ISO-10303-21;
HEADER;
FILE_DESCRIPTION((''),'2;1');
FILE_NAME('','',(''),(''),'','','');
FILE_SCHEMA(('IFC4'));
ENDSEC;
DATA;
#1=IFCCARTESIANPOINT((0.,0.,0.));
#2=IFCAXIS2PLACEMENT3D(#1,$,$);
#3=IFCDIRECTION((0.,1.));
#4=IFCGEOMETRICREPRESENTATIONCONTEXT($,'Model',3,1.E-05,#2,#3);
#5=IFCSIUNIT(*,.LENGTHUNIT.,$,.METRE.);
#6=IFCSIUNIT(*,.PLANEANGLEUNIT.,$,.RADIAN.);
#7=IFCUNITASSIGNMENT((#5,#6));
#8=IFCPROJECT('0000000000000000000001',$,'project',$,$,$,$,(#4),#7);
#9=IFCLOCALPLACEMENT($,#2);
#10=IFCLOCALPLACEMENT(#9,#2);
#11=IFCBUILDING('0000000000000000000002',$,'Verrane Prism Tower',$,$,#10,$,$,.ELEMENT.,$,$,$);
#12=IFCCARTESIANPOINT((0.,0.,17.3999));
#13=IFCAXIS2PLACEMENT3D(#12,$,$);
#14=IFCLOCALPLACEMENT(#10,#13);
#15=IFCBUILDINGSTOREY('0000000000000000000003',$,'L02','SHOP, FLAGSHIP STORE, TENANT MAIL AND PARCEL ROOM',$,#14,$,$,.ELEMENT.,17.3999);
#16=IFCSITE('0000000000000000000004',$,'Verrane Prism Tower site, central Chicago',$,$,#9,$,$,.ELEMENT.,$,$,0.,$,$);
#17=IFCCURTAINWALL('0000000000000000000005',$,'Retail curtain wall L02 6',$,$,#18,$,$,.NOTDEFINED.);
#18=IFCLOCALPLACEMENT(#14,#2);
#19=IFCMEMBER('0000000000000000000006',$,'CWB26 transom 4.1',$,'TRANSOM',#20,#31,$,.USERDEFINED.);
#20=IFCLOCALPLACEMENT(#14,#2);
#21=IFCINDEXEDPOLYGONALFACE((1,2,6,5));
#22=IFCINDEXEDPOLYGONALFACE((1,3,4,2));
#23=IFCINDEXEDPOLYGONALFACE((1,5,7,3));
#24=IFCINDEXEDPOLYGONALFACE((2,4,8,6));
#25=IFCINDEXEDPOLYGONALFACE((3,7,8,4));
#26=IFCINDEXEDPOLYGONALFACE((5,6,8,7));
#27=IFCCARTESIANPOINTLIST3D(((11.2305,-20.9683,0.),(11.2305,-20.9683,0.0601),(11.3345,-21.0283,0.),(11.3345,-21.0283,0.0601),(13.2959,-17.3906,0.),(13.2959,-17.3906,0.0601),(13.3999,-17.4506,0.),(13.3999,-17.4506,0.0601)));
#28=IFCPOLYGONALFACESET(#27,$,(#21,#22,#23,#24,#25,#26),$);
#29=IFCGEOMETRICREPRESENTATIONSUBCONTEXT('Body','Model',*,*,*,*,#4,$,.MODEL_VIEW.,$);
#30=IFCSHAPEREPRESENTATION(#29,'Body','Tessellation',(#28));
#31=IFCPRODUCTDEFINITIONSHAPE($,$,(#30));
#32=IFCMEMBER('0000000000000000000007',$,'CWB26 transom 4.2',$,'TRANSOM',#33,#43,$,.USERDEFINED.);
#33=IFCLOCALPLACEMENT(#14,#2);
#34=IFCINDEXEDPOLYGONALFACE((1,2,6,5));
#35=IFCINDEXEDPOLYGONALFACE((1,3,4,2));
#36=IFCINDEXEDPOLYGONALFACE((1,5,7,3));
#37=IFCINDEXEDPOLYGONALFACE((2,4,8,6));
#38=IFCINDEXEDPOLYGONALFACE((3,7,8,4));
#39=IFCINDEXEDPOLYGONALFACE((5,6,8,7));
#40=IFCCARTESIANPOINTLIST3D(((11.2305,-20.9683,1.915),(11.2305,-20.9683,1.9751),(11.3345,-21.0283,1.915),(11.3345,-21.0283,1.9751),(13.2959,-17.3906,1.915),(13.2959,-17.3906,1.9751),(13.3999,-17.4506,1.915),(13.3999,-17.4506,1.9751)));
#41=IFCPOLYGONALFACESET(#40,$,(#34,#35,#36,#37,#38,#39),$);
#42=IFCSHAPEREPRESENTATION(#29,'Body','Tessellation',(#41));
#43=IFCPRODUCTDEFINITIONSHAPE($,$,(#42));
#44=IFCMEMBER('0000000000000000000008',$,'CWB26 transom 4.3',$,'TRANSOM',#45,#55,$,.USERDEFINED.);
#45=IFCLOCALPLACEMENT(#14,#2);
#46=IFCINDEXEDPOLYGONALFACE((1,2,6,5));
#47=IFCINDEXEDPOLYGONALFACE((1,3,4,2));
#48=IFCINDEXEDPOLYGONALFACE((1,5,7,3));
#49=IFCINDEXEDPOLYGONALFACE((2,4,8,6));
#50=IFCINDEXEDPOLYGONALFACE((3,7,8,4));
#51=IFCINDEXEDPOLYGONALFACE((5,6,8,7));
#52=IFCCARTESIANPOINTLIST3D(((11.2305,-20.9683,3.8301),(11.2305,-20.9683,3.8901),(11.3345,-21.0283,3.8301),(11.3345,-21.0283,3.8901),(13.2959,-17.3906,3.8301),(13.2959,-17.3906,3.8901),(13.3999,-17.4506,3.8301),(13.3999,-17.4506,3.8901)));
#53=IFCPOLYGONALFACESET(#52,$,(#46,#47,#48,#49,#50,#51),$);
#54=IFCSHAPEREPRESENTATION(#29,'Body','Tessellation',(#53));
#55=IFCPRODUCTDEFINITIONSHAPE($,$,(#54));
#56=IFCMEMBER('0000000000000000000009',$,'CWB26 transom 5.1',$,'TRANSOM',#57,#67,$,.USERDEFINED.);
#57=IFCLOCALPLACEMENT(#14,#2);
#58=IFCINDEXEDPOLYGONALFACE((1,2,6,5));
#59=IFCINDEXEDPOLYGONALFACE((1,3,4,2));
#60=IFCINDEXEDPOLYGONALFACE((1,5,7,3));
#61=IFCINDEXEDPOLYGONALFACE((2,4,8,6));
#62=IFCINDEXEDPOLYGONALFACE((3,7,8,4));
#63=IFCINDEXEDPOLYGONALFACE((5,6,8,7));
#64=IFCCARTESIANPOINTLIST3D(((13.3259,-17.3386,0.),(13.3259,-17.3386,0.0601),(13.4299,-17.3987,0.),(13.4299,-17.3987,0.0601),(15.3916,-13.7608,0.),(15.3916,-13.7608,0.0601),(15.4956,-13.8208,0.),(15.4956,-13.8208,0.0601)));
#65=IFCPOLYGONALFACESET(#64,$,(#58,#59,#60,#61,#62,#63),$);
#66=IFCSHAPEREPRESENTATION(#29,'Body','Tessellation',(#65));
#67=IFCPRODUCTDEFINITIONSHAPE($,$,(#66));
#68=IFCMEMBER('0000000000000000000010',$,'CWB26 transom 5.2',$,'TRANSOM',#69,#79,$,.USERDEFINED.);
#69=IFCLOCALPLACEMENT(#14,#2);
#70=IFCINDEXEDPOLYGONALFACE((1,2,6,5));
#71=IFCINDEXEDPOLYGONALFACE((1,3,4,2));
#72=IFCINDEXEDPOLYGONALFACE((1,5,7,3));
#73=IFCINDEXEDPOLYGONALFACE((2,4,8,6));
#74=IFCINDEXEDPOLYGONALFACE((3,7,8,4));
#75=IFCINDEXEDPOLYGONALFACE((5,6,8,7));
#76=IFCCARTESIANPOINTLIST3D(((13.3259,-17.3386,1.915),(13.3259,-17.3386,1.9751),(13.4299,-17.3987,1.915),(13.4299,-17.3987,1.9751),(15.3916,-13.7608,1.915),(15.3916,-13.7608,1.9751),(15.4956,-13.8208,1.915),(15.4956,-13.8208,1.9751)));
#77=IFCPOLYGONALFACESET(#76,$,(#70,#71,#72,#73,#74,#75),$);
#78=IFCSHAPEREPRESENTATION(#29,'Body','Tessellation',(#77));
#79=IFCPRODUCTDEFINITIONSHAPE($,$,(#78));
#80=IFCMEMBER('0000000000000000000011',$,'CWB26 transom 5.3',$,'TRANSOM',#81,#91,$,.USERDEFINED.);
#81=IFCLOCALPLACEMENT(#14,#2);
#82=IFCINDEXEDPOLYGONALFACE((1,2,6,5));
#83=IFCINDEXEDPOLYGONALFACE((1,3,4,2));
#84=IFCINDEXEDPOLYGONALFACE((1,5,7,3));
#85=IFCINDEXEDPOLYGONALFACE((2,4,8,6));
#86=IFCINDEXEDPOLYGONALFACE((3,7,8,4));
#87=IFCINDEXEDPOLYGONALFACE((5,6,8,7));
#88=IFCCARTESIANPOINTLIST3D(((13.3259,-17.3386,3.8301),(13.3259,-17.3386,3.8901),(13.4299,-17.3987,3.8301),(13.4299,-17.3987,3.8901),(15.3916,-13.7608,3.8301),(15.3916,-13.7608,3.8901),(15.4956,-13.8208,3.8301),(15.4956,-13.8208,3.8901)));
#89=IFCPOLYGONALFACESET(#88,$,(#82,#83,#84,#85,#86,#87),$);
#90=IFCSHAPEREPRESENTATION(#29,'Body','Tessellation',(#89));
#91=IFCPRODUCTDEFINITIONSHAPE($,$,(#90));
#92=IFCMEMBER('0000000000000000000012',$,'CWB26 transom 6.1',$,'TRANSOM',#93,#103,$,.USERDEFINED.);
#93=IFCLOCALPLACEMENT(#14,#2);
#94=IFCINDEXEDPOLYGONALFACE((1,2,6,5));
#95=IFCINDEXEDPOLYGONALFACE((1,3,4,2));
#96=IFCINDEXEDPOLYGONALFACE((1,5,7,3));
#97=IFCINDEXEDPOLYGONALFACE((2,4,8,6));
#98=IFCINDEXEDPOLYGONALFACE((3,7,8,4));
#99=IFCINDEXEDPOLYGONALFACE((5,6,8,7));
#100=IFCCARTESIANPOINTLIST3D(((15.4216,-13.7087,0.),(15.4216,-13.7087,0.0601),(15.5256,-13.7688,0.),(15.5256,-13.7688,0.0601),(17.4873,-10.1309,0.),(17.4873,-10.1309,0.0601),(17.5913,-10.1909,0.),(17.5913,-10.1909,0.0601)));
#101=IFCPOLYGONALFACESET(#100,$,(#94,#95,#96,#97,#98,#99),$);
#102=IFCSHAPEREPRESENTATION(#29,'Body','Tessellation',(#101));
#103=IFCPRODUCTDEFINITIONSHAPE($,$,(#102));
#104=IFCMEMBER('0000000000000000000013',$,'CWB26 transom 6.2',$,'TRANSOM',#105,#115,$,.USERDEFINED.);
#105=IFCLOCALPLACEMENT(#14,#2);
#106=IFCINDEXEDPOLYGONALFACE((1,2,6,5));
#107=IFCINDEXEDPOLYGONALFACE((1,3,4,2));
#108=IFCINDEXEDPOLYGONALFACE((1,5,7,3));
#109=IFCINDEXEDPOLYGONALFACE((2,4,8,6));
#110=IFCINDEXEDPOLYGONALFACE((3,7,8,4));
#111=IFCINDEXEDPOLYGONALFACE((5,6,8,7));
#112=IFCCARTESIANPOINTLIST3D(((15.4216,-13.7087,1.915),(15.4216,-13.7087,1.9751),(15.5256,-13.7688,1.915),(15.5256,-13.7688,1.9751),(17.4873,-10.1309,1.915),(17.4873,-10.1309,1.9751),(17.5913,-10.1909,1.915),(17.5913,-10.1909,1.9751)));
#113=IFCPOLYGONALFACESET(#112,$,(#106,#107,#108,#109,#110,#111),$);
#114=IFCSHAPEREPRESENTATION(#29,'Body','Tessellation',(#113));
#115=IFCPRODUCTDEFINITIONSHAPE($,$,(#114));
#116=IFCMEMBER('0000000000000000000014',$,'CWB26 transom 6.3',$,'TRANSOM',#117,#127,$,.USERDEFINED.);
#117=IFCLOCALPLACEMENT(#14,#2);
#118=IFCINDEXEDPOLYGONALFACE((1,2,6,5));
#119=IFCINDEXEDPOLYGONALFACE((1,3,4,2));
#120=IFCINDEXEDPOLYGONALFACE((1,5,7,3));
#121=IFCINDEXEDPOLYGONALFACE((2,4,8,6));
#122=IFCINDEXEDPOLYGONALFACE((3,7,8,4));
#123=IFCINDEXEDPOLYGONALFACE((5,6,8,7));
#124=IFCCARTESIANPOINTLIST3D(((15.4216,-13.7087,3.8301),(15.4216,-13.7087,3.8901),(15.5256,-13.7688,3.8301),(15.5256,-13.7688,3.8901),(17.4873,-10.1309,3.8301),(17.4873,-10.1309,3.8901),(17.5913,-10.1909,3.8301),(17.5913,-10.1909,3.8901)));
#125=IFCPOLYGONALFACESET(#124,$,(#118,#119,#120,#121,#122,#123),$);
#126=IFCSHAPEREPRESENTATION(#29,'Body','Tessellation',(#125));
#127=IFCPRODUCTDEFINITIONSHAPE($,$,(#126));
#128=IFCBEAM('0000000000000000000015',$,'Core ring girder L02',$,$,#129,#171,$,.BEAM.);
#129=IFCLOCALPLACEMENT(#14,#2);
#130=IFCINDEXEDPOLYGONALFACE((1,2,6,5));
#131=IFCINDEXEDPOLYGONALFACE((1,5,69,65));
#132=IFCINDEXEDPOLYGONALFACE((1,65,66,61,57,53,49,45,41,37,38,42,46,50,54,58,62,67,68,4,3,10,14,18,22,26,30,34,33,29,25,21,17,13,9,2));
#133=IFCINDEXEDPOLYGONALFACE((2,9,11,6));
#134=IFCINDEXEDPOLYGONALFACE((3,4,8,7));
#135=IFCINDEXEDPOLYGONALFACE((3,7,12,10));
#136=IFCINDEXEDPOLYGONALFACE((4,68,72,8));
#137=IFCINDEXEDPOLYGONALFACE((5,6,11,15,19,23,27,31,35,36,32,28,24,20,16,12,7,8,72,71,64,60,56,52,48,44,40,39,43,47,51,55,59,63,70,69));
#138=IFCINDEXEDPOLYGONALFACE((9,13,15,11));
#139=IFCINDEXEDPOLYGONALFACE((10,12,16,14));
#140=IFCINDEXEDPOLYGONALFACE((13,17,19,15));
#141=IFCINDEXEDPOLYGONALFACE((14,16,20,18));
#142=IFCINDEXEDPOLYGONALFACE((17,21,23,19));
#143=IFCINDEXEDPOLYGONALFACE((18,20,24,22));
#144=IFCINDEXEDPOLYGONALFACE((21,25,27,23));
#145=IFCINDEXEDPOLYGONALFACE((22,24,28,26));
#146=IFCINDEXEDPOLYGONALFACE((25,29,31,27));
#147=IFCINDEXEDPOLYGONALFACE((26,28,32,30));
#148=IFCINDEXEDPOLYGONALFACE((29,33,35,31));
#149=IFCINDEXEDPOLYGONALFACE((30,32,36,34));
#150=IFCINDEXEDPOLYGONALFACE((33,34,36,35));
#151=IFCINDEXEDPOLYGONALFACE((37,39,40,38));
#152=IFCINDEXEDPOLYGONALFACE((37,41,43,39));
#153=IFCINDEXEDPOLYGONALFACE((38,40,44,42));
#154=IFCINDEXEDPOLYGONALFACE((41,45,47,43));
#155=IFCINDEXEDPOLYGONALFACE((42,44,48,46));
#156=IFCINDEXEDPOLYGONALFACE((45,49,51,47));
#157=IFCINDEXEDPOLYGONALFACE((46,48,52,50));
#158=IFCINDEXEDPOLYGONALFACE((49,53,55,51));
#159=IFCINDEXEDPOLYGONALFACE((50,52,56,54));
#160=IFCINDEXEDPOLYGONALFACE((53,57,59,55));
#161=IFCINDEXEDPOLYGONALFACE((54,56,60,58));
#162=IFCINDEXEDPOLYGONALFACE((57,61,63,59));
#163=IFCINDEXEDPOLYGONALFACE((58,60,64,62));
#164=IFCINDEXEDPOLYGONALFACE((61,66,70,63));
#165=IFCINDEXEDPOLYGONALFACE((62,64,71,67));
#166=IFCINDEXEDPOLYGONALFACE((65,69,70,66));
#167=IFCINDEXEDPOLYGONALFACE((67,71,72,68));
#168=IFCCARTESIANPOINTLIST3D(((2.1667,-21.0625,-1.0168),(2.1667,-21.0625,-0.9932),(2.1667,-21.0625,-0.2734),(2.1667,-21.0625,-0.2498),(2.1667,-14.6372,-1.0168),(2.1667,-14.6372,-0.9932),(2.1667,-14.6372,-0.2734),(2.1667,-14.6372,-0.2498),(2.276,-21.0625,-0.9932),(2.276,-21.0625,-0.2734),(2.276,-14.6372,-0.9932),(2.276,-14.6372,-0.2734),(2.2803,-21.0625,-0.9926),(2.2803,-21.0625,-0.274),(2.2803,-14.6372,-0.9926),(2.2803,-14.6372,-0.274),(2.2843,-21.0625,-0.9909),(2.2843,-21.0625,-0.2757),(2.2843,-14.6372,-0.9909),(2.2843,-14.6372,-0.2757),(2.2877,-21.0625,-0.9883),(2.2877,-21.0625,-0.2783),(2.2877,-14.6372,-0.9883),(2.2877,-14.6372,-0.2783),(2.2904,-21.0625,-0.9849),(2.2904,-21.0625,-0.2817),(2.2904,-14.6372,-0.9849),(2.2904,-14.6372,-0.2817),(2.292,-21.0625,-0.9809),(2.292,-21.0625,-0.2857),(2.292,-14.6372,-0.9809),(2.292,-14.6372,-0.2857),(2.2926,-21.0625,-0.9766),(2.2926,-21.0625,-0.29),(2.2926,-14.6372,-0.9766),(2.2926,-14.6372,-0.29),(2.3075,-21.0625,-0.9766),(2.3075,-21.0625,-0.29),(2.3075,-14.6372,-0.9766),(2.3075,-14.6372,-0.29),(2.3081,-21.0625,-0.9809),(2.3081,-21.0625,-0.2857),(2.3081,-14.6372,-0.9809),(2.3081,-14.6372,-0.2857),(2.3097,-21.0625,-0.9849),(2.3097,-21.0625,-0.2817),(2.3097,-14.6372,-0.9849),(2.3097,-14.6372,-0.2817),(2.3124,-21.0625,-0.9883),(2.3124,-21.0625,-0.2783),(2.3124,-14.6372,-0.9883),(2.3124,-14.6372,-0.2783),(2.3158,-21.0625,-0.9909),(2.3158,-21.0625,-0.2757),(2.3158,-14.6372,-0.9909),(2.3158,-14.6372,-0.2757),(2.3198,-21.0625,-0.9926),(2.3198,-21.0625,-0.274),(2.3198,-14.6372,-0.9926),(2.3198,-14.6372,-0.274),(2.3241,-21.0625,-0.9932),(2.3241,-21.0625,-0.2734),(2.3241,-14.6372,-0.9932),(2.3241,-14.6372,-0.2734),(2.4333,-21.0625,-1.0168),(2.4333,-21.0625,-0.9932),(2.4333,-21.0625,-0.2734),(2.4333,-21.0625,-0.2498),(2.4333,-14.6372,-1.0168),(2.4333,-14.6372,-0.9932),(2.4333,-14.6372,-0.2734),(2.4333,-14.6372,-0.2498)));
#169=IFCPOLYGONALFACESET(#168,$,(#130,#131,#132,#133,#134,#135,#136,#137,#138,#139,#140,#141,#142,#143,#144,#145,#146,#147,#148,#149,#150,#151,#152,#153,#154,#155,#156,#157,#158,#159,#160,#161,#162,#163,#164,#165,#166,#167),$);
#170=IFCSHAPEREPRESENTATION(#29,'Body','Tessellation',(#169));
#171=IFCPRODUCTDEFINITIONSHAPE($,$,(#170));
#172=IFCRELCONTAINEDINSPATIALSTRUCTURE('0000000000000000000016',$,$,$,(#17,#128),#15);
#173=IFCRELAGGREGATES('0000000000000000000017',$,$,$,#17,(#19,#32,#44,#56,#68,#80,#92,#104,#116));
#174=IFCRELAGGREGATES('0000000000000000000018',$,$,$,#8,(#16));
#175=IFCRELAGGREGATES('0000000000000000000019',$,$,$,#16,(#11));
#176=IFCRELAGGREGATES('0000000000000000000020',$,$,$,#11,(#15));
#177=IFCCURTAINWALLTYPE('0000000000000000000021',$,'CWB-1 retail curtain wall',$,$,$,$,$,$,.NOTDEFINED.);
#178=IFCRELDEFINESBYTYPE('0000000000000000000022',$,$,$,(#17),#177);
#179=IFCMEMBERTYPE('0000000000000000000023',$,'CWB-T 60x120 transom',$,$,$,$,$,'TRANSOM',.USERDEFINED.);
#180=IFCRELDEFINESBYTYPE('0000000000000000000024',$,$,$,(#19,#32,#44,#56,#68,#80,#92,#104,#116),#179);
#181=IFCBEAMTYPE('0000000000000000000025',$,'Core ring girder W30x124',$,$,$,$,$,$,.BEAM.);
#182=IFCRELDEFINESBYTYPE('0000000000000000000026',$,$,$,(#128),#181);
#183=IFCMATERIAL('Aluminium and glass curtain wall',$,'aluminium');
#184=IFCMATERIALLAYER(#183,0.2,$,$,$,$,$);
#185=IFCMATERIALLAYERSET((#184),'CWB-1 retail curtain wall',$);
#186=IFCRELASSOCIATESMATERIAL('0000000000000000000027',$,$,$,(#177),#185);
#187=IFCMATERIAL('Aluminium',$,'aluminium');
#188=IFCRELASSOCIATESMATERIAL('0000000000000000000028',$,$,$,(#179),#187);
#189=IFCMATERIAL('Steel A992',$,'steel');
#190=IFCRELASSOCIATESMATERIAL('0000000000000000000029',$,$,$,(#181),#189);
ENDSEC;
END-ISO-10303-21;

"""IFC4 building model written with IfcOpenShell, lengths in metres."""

from ifc_helpers import new_model, si_unit, direction, frame, origin, origin_2d, place, context, subcontext, project, spatial, rectangle, i_section, extrude, material, layer, layer_set, material_profile, profile_set, type_object, element, aggregate, save


model = new_model("IFC4")

# Units and contexts
model_context = context("Model", 3, precision=1e-05, world=origin(), true_north=direction((0.0, 1.0)))
body_context = subcontext(model_context, "Body", "Model", "MODEL_VIEW")
ifc_project = project(units=[si_unit("LENGTHUNIT", "METRE"), si_unit("PLANEANGLEUNIT", "RADIAN")], contexts=[model_context])

# Site, building, storey
site_placement = place(None, origin())
site = spatial("IfcSite", under=ifc_project, at=site_placement, Name="Verrane Prism Tower site, central Chicago", CompositionType="ELEMENT", RefElevation=0.0)
building_placement = place(site_placement, origin())
building = spatial("IfcBuilding", under=site, at=building_placement, Name="Verrane Prism Tower", CompositionType="ELEMENT")
storey_placement = place(building_placement, frame((0.0, 0.0, 17.3999)))
storey = spatial("IfcBuildingStorey", under=building, at=storey_placement, Name="L02", Description="SHOP, FLAGSHIP STORE, TENANT MAIL AND PARCEL ROOM", CompositionType="ELEMENT", Elevation=17.3999)

# Curtain wall, members
ifc_material_1 = material(Name="Aluminium and glass curtain wall", Category="aluminium")
ifc_layer_1 = layer(ifc_material_1, 0.2)
ifc_layer_set_1 = layer_set([ifc_layer_1], Name="CWB-1 retail curtain wall")
curtain_wall_type = type_object("IfcCurtainWallType", Name="CWB-1 retail curtain wall", PredefinedType="NOTDEFINED", material=ifc_layer_set_1)
curtain_wall_placement = place(storey_placement, origin())
curtain_wall = element("IfcCurtainWall", 1, at=curtain_wall_placement, inside=storey, type_object=curtain_wall_type, Name="Retail curtain wall L02 6", PredefinedType="NOTDEFINED")
ifc_material_2 = material(Name="Aluminium", Category="aluminium")
ifc_material_profile_1 = material_profile(ifc_material_2, rectangle(XDim=0.1201, YDim=0.0601, at=origin_2d()), Name="CWB-T 60x120 transom")
ifc_profile_set_1 = profile_set([ifc_material_profile_1], Name="Aluminium")
member_type_1 = type_object("IfcMemberType", Name="CWB-T 60x120 transom", ElementType="TRANSOM", PredefinedType="USERDEFINED", material=ifc_profile_set_1)
member_1_placement = place(storey_placement, frame((11.2825, -20.9983, 0.03), z_axis=(0.499978, 0.866038, 0.0), x_axis=(-0.866038, 0.499978, 0.0)))
member_1 = element("IfcMember", 2, at=member_1_placement, type_object=member_type_1, Name="CWB26 transom 4.1", ObjectType="TRANSOM", PredefinedType="USERDEFINED", context=body_context, shape_type="SweptSolid", body=[
    extrude(rectangle(XDim=0.1201, YDim=0.0601, at=origin_2d()), origin(), (0.0, 0.0, 1.0), 4.1311),
])
member_2_placement = place(storey_placement, frame((11.2825, -20.9983, 1.9451), z_axis=(0.499978, 0.866038, 0.0), x_axis=(-0.866038, 0.499978, 0.0)))
member_2 = element("IfcMember", 3, at=member_2_placement, type_object=member_type_1, Name="CWB26 transom 4.2", ObjectType="TRANSOM", PredefinedType="USERDEFINED", context=body_context, shape_type="SweptSolid", body=[
    extrude(rectangle(XDim=0.1201, YDim=0.0601, at=origin_2d()), origin(), (0.0, 0.0, 1.0), 4.1311),
])
member_3_placement = place(storey_placement, frame((11.2825, -20.9983, 3.8601), z_axis=(0.499978, 0.866038, 0.0), x_axis=(-0.866038, 0.499978, 0.0)))
member_3 = element("IfcMember", 4, at=member_3_placement, type_object=member_type_1, Name="CWB26 transom 4.3", ObjectType="TRANSOM", PredefinedType="USERDEFINED", context=body_context, shape_type="SweptSolid", body=[
    extrude(rectangle(XDim=0.1201, YDim=0.0601, at=origin_2d()), origin(), (0.0, 0.0, 1.0), 4.1311),
])
member_4_placement = place(storey_placement, frame((13.3779, -17.3687, 0.03), z_axis=(0.499997, 0.866027, 0.0), x_axis=(-0.866027, 0.499997, 0.0)))
member_4 = element("IfcMember", 5, at=member_4_placement, type_object=member_type_1, Name="CWB26 transom 5.1", ObjectType="TRANSOM", PredefinedType="USERDEFINED", context=body_context, shape_type="SweptSolid", body=[
    extrude(rectangle(XDim=0.1201, YDim=0.0601, at=origin_2d()), origin(), (0.0, 0.0, 1.0), 4.1313),
])
member_5_placement = place(storey_placement, frame((13.3779, -17.3687, 1.9451), z_axis=(0.499997, 0.866027, 0.0), x_axis=(-0.866027, 0.499997, 0.0)))
member_5 = element("IfcMember", 6, at=member_5_placement, type_object=member_type_1, Name="CWB26 transom 5.2", ObjectType="TRANSOM", PredefinedType="USERDEFINED", context=body_context, shape_type="SweptSolid", body=[
    extrude(rectangle(XDim=0.1201, YDim=0.0601, at=origin_2d()), origin(), (0.0, 0.0, 1.0), 4.1313),
])
member_6_placement = place(storey_placement, frame((13.3779, -17.3687, 3.8601), z_axis=(0.499997, 0.866027, 0.0), x_axis=(-0.866027, 0.499997, 0.0)))
member_6 = element("IfcMember", 7, at=member_6_placement, type_object=member_type_1, Name="CWB26 transom 5.3", ObjectType="TRANSOM", PredefinedType="USERDEFINED", context=body_context, shape_type="SweptSolid", body=[
    extrude(rectangle(XDim=0.1201, YDim=0.0601, at=origin_2d()), origin(), (0.0, 0.0, 1.0), 4.1313),
])
member_7_placement = place(storey_placement, frame((15.4736, -13.7388, 0.03), z_axis=(0.499997, 0.866027, 0.0), x_axis=(-0.866027, 0.499997, 0.0)))
member_7 = element("IfcMember", 8, at=member_7_placement, type_object=member_type_1, Name="CWB26 transom 6.1", ObjectType="TRANSOM", PredefinedType="USERDEFINED", context=body_context, shape_type="SweptSolid", body=[
    extrude(rectangle(XDim=0.1201, YDim=0.0601, at=origin_2d()), origin(), (0.0, 0.0, 1.0), 4.1313),
])
member_8_placement = place(storey_placement, frame((15.4736, -13.7388, 1.9451), z_axis=(0.499997, 0.866027, 0.0), x_axis=(-0.866027, 0.499997, 0.0)))
member_8 = element("IfcMember", 9, at=member_8_placement, type_object=member_type_1, Name="CWB26 transom 6.2", ObjectType="TRANSOM", PredefinedType="USERDEFINED", context=body_context, shape_type="SweptSolid", body=[
    extrude(rectangle(XDim=0.1201, YDim=0.0601, at=origin_2d()), origin(), (0.0, 0.0, 1.0), 4.1313),
])
member_9_placement = place(storey_placement, frame((15.4736, -13.7388, 3.8601), z_axis=(0.499997, 0.866027, 0.0), x_axis=(-0.866027, 0.499997, 0.0)))
member_9 = element("IfcMember", 10, at=member_9_placement, type_object=member_type_1, Name="CWB26 transom 6.3", ObjectType="TRANSOM", PredefinedType="USERDEFINED", context=body_context, shape_type="SweptSolid", body=[
    extrude(rectangle(XDim=0.1201, YDim=0.0601, at=origin_2d()), origin(), (0.0, 0.0, 1.0), 4.1313),
])

# Beam
ifc_material_3 = material(Name="Steel A992", Category="steel")
ifc_material_profile_2 = material_profile(ifc_material_3, i_section(OverallWidth=0.2666, OverallDepth=0.7671, WebThickness=0.0149, FlangeThickness=0.0237, FilletRadius=0.0166, at=origin_2d()), Name="W30x124")
ifc_profile_set_2 = profile_set([ifc_material_profile_2], Name="Steel A992")
beam_type_1 = type_object("IfcBeamType", Name="Core ring girder W30x124", PredefinedType="BEAM", material=ifc_profile_set_2)
beam_1_placement = place(storey_placement, frame((2.3, -21.0625, -0.6333), z_axis=(0.0, 1.0, 0.0), x_axis=(-1.0, 0.0, 0.0)))
element("IfcBeam", 11, at=beam_1_placement, inside=storey, type_object=beam_type_1, Name="Core ring girder L02", PredefinedType="BEAM", context=body_context, shape_type="SweptSolid", body=[
    extrude(i_section(OverallWidth=0.2666, OverallDepth=0.7671, WebThickness=0.0149, FlangeThickness=0.0237, FilletRadius=0.0166, at=origin_2d()), origin(), (0.0, 0.0, 1.0), 6.4253),
])

aggregate(curtain_wall, [member_1, member_2, member_3, member_4, member_5, member_6, member_7, member_8, member_9])

save(model, "model.ifc")
